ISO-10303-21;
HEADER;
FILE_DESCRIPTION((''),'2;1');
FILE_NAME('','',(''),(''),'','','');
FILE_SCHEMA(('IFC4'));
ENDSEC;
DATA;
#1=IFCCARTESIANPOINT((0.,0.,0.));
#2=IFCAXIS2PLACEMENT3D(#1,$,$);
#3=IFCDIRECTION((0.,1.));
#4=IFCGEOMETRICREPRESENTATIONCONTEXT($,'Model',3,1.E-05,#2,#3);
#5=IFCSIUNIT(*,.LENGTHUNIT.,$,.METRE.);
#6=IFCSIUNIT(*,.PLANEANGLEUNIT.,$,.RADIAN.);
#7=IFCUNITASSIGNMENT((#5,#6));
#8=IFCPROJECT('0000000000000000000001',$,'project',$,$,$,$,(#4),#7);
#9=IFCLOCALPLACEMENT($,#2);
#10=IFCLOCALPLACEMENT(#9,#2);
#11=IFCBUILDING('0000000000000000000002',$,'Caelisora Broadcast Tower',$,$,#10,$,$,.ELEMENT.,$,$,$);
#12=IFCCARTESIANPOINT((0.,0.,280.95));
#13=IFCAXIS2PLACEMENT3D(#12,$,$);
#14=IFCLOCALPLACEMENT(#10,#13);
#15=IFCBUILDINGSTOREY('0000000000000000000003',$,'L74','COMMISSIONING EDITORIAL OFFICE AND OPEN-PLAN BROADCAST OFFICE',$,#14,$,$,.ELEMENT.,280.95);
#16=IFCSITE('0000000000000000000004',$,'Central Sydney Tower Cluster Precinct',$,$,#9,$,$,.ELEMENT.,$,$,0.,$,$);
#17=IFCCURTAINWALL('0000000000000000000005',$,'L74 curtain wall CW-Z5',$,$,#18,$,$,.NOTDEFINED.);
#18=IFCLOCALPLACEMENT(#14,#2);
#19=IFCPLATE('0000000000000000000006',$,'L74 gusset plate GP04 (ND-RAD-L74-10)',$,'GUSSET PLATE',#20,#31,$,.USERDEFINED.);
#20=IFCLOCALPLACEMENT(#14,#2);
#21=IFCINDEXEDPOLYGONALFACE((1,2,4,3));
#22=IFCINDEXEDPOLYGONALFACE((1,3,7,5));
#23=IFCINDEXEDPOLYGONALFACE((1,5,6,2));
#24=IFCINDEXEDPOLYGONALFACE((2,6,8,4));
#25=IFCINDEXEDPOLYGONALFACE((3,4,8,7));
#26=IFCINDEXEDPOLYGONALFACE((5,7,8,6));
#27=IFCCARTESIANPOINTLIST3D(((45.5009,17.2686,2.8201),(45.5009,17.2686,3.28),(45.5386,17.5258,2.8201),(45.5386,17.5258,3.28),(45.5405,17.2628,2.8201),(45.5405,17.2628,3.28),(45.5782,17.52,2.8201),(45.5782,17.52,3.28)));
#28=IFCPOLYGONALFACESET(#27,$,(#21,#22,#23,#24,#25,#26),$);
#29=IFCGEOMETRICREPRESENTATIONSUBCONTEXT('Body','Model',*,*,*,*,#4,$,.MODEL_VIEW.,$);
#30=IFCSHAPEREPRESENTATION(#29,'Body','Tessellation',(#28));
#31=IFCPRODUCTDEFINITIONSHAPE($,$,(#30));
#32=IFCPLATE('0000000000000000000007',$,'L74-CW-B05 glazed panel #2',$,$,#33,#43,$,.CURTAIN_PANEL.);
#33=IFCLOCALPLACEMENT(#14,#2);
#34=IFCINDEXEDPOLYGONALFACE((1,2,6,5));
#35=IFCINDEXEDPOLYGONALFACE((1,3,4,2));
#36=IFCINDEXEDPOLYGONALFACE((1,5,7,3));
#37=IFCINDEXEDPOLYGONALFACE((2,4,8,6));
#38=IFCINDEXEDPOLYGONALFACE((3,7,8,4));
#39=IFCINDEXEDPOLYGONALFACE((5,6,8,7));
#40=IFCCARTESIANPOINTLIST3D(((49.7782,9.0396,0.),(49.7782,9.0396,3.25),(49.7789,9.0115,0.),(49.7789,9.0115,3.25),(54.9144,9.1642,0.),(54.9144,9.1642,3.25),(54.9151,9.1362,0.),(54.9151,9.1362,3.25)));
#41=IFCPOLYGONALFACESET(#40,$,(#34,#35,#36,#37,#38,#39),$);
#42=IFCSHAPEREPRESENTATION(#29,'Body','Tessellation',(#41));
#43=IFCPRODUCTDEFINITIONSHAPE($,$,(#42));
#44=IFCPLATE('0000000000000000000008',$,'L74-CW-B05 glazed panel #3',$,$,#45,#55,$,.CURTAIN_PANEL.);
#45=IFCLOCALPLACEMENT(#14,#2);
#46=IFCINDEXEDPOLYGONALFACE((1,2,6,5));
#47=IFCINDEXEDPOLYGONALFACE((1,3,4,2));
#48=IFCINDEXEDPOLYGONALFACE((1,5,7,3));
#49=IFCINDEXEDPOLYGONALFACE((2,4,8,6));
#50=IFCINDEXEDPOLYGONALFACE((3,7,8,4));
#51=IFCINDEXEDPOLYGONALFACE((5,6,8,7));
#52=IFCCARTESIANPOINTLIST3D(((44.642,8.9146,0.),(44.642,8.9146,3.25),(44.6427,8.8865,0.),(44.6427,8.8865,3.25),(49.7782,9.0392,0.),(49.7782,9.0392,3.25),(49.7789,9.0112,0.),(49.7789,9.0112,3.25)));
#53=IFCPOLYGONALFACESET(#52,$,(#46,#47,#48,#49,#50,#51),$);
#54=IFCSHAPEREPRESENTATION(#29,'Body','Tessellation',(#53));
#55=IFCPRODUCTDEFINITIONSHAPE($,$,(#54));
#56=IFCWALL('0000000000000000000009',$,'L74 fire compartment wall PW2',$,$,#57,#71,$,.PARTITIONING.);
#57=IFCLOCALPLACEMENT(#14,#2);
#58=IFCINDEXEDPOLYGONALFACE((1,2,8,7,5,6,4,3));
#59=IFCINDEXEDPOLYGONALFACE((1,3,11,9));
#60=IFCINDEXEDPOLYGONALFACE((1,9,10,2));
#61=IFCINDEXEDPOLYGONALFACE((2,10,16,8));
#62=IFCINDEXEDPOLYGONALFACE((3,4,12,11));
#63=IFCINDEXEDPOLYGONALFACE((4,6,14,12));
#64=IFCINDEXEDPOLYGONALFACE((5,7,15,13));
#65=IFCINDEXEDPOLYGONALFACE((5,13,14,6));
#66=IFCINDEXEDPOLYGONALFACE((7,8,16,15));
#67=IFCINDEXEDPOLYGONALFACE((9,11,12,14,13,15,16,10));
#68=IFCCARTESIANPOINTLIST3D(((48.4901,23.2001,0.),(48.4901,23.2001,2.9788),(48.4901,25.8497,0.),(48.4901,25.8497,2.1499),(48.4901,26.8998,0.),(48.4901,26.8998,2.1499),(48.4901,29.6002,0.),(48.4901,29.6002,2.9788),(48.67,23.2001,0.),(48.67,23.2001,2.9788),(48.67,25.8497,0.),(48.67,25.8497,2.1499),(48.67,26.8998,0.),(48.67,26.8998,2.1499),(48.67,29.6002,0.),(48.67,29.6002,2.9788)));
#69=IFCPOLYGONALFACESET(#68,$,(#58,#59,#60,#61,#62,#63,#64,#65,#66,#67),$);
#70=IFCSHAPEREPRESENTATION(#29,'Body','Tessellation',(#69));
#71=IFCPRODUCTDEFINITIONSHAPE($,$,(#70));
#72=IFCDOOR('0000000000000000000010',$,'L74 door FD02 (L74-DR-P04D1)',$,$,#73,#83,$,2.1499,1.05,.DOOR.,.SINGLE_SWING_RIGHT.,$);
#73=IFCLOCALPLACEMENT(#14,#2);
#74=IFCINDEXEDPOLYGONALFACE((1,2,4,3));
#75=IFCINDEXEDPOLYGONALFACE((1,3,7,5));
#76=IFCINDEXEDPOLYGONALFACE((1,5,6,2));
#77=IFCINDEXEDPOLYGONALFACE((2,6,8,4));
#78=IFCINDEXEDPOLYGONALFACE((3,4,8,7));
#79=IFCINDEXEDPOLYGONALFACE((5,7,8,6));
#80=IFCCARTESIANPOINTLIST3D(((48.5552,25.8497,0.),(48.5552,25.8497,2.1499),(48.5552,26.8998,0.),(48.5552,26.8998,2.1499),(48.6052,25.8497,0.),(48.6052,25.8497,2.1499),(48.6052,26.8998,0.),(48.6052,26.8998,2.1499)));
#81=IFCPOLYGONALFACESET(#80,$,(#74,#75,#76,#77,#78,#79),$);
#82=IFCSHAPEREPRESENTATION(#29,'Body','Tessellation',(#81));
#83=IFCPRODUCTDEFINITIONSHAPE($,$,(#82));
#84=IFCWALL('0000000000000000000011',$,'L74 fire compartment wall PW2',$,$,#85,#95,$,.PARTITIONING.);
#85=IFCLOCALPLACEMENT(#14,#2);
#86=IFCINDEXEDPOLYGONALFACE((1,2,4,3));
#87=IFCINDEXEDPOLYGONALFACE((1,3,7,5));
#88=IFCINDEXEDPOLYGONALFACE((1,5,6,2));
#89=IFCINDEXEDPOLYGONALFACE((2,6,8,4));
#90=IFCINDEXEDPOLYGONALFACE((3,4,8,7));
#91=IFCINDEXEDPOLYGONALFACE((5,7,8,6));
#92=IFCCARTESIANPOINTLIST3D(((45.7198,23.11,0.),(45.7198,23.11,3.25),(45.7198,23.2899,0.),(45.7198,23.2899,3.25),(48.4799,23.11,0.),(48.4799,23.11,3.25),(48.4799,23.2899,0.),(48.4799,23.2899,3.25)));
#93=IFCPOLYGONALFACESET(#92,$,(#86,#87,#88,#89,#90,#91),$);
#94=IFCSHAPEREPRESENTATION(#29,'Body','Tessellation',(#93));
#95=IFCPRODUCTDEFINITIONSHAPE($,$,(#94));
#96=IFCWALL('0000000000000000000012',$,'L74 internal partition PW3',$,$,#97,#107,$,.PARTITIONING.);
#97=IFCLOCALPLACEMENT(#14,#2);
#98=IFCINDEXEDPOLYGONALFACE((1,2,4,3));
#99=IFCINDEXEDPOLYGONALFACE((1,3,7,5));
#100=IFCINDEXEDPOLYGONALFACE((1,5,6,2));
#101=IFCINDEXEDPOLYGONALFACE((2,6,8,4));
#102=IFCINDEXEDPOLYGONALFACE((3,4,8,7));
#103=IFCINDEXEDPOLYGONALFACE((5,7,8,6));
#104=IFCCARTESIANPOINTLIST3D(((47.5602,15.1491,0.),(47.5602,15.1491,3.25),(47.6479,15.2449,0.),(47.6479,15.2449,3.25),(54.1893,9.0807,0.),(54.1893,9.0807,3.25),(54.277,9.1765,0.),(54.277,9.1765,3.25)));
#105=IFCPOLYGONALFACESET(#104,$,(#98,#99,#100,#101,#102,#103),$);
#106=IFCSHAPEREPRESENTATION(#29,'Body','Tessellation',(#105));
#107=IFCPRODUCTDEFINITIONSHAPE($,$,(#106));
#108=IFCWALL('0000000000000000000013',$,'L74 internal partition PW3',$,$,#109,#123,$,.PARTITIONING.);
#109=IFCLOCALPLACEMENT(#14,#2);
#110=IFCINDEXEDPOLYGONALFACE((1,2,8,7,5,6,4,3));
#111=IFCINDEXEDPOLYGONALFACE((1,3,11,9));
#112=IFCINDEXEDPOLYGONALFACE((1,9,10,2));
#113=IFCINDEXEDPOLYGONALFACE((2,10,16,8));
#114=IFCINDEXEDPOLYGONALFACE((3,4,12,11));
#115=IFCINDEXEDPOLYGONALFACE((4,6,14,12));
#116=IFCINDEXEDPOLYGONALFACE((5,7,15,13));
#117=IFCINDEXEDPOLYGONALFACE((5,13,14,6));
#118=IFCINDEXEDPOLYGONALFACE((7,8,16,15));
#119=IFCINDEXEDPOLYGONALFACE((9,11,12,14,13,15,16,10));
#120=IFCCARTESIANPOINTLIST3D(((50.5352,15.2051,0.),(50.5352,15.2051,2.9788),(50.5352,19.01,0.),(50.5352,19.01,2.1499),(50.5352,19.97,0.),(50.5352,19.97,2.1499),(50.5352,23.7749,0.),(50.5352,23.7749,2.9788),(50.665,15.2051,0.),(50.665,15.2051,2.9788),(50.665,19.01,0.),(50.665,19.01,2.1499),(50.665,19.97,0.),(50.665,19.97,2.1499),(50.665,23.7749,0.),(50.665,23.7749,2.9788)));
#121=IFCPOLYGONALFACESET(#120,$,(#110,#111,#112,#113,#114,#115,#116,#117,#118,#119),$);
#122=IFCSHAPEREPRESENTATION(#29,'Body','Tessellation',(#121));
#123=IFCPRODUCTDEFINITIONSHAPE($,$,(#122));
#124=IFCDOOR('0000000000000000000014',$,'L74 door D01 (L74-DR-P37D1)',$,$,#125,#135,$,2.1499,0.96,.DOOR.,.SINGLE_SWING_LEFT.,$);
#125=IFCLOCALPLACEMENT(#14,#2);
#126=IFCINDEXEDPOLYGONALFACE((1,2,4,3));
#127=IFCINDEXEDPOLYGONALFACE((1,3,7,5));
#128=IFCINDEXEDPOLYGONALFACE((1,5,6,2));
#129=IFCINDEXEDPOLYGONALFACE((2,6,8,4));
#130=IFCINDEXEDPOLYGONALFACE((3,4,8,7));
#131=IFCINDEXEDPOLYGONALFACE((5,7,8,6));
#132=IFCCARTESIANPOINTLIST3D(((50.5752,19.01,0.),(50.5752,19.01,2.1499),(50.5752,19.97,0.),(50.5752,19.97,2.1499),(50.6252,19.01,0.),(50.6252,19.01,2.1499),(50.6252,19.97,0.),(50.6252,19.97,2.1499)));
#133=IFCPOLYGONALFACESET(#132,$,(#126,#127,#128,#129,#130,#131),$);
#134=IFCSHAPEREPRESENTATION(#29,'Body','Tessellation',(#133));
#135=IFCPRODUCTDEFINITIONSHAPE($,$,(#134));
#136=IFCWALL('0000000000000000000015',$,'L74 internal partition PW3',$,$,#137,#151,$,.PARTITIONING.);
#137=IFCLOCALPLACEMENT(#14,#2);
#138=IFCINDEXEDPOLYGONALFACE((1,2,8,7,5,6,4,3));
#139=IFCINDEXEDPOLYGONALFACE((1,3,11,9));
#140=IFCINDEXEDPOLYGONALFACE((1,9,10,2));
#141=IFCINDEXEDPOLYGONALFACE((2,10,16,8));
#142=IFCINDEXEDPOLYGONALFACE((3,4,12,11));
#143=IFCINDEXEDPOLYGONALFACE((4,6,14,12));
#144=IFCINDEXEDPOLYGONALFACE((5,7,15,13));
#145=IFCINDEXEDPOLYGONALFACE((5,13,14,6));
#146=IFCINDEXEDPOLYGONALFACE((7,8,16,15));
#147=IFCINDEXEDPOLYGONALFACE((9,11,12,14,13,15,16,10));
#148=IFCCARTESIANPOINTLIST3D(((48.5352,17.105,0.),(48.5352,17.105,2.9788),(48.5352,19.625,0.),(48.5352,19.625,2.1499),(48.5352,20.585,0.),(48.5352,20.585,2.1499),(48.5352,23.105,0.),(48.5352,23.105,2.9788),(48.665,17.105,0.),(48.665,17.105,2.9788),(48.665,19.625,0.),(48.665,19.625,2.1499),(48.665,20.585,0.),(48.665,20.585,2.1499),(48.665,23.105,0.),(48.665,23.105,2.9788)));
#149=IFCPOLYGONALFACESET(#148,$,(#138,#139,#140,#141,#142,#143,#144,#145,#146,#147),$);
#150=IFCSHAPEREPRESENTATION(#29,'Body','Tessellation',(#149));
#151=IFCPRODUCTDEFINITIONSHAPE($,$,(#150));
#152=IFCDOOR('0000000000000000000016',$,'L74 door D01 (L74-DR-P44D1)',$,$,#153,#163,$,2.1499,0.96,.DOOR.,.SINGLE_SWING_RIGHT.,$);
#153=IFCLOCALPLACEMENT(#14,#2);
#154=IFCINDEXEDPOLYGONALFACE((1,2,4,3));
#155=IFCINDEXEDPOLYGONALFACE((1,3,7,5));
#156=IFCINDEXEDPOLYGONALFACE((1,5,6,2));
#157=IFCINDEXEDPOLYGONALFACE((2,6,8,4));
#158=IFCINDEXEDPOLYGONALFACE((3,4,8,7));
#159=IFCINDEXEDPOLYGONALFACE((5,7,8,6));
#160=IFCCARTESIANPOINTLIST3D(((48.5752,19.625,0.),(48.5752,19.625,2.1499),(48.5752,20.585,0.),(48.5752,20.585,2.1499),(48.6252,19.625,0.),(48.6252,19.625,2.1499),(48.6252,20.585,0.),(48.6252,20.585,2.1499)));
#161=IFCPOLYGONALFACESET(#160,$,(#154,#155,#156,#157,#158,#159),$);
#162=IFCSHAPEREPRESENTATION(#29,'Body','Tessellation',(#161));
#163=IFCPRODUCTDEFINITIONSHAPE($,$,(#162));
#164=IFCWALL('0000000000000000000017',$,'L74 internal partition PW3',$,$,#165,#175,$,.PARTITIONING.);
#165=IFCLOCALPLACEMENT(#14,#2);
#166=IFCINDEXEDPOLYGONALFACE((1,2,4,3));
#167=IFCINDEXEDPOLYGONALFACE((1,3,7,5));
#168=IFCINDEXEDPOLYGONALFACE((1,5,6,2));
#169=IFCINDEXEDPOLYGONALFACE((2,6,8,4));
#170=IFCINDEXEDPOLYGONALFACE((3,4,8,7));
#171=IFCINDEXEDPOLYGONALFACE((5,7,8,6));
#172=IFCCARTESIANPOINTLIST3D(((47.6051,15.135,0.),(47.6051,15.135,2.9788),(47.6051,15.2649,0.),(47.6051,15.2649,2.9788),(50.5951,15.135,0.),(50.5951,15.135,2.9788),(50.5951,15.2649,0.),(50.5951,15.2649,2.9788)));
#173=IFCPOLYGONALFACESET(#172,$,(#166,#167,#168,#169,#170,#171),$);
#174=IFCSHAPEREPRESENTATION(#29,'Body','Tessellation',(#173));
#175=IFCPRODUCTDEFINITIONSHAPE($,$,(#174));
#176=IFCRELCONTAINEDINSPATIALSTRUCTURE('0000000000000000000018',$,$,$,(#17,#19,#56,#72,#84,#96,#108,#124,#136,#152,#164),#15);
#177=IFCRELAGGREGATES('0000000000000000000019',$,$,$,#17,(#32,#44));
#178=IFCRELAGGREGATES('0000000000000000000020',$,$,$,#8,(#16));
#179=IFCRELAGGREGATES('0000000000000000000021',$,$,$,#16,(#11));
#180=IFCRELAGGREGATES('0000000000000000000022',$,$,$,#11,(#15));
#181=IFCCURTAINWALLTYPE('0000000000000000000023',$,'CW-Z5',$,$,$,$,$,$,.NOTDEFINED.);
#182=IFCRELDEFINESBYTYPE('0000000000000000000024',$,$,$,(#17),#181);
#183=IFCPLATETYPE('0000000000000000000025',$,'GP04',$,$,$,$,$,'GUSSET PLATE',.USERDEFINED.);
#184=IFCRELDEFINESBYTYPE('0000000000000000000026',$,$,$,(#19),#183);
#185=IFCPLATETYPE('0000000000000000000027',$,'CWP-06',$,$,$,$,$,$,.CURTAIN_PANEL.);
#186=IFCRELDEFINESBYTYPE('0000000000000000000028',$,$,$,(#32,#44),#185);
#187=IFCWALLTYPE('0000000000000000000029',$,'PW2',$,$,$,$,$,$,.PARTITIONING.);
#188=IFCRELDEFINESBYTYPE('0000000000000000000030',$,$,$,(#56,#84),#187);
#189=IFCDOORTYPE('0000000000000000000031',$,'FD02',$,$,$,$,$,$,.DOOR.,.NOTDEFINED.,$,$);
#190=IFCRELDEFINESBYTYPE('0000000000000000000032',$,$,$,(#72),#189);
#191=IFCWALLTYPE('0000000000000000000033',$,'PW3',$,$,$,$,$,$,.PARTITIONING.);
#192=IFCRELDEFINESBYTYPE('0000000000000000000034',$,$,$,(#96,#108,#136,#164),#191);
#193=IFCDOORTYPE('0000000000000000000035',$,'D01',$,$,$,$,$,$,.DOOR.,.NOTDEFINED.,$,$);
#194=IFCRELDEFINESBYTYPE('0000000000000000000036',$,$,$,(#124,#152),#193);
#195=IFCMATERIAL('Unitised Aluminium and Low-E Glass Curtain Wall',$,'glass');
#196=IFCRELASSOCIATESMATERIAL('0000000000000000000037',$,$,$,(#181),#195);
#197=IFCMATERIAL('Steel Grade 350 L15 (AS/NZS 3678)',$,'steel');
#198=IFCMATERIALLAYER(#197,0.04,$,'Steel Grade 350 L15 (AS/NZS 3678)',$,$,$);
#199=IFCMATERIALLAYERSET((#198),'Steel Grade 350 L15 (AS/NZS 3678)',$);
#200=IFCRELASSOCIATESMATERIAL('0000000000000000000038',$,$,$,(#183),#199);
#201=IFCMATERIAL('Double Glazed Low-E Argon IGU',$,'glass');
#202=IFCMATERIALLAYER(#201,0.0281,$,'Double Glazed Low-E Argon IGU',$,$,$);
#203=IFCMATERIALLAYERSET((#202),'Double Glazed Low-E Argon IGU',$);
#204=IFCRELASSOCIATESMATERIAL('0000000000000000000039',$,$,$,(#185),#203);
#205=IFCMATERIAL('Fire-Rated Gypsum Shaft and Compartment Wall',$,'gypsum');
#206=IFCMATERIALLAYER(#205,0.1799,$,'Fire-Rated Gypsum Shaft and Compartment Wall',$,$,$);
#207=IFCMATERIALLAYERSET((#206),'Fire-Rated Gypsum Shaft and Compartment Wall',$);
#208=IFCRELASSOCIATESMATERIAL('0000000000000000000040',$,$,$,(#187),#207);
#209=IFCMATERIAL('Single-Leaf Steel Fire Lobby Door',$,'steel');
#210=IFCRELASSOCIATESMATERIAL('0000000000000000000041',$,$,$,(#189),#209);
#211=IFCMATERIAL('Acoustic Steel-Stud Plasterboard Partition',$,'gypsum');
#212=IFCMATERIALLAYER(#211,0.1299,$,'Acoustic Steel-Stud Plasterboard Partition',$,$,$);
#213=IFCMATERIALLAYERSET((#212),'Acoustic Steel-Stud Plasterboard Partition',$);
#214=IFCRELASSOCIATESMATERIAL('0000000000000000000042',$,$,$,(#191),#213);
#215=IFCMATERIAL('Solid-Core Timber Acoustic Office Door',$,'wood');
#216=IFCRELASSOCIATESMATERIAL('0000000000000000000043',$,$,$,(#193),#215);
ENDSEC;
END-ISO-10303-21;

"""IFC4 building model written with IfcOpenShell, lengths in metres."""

from ifc_helpers import new_model, si_unit, direction, frame, frame_2d, origin, origin_2d, place, context, subcontext, project, spatial, rectangle, extrude, source, transform, mapped, material, layer, layer_set, type_object, type_shapes, element, fill, aggregate, save


model = new_model("IFC4")

# Units and contexts
model_context = context("Model", 3, precision=1e-05, world=origin(), true_north=direction((0.0, 1.0)))
body_context = subcontext(model_context, "Body", "Model", "MODEL_VIEW")
ifc_project = project(units=[si_unit("LENGTHUNIT", "METRE"), si_unit("PLANEANGLEUNIT", "RADIAN")], contexts=[model_context])

# Site, building, storey
site_placement = place(None, origin())
site = spatial("IfcSite", under=ifc_project, at=site_placement, Name="Central Sydney Tower Cluster Precinct", CompositionType="ELEMENT", RefElevation=0.0)
building_placement = place(site_placement, origin())
building = spatial("IfcBuilding", under=site, at=building_placement, Name="Caelisora Broadcast Tower", CompositionType="ELEMENT")
storey_placement = place(building_placement, frame((0.0, 0.0, 280.95)))
storey = spatial("IfcBuildingStorey", under=building, at=storey_placement, Name="L74", Description="COMMISSIONING EDITORIAL OFFICE AND OPEN-PLAN BROADCAST OFFICE", CompositionType="ELEMENT", Elevation=280.95)

# Curtain wall
ifc_material_1 = material(Name="Unitised Aluminium and Low-E Glass Curtain Wall", Category="glass")
curtain_wall_type = type_object("IfcCurtainWallType", Name="CW-Z5", PredefinedType="NOTDEFINED", material=ifc_material_1)
curtain_wall_placement = place(storey_placement, origin())
curtain_wall = element("IfcCurtainWall", 1, at=curtain_wall_placement, inside=storey, type_object=curtain_wall_type, Name="L74 curtain wall CW-Z5", PredefinedType="NOTDEFINED")

# Plates
ifc_material_2 = material(Name="Steel Grade 350 L15 (AS/NZS 3678)", Category="steel")
ifc_layer_1 = layer(ifc_material_2, 0.04, Name="Steel Grade 350 L15 (AS/NZS 3678)")
ifc_layer_set_1 = layer_set([ifc_layer_1], Name="Steel Grade 350 L15 (AS/NZS 3678)")
plate_type_1 = type_object("IfcPlateType", Name="GP04", ElementType="GUSSET PLATE", PredefinedType="USERDEFINED", material=ifc_layer_set_1)
shared_shape_1 = source(origin(), body_context, "Body", "SweptSolid", [
    extrude(rectangle(XDim=0.26, YDim=0.04, at=origin_2d()), origin(), (0.0, 0.0, 1.0), 0.46),
])
type_shapes(plate_type_1, [shared_shape_1])
plate_1_placement = place(storey_placement, frame((45.5396, 17.3943, 2.8201), z_axis=(0.0, 0.0, 1.0), x_axis=(0.144874, 0.98945, 0.0)))
element("IfcPlate", 2, at=plate_1_placement, inside=storey, type_object=plate_type_1, Name="L74 gusset plate GP04 (ND-RAD-L74-10)", ObjectType="GUSSET PLATE", PredefinedType="USERDEFINED", context=body_context, shape_type="MappedRepresentation", body=[
    mapped(shared_shape_1, transform((0.0, 0.0, 0.0), scale=1.0)),
])
ifc_material_3 = material(Name="Double Glazed Low-E Argon IGU", Category="glass")
ifc_layer_2 = layer(ifc_material_3, 0.0281, Name="Double Glazed Low-E Argon IGU")
ifc_layer_set_2 = layer_set([ifc_layer_2], Name="Double Glazed Low-E Argon IGU")
plate_type_2 = type_object("IfcPlateType", Name="CWP-06", PredefinedType="CURTAIN_PANEL", material=ifc_layer_set_2)
shared_shape_2 = source(origin(), body_context, "Body", "SweptSolid", [
    extrude(rectangle(XDim=5.1377, YDim=0.0281, at=origin_2d()), origin(), (0.0, 0.0, 1.0), 3.25),
])
type_shapes(plate_type_2, [shared_shape_2])
plate_2_placement = place(storey_placement, frame((52.3467, 9.0879, 0.0), z_axis=(0.0, 0.0, 1.0), x_axis=(-0.999706, -0.024258, 0.0)))
plate_2 = element("IfcPlate", 3, at=plate_2_placement, type_object=plate_type_2, Name="L74-CW-B05 glazed panel #2", PredefinedType="CURTAIN_PANEL", context=body_context, shape_type="MappedRepresentation", body=[
    mapped(shared_shape_2, transform((0.0, 0.0, 0.0), scale=1.0)),
])
plate_3_placement = place(storey_placement, frame((47.2104, 8.9629, 0.0), z_axis=(0.0, 0.0, 1.0), x_axis=(-0.999706, -0.024258, 0.0)))
plate_3 = element("IfcPlate", 4, at=plate_3_placement, type_object=plate_type_2, Name="L74-CW-B05 glazed panel #3", PredefinedType="CURTAIN_PANEL", context=body_context, shape_type="MappedRepresentation", body=[
    mapped(shared_shape_2, transform((0.0, 0.0, 0.0), scale=1.0)),
])
aggregate(curtain_wall, [plate_2, plate_3])

# Wall, opening, door
ifc_material_4 = material(Name="Fire-Rated Gypsum Shaft and Compartment Wall", Category="gypsum")
ifc_layer_3 = layer(ifc_material_4, 0.1799, Name="Fire-Rated Gypsum Shaft and Compartment Wall")
ifc_layer_set_3 = layer_set([ifc_layer_3], Name="Fire-Rated Gypsum Shaft and Compartment Wall")
wall_type_1 = type_object("IfcWallType", Name="PW2", PredefinedType="PARTITIONING", material=ifc_layer_set_3)
wall_1_placement = place(storey_placement, frame((48.5801, 23.2, 0.0), z_axis=(0.0, 0.0, 1.0), x_axis=(0.0, 1.0, 0.0)))
wall_1 = element("IfcWall", 5, at=wall_1_placement, inside=storey, type_object=wall_type_1, Name="L74 fire compartment wall PW2", PredefinedType="PARTITIONING", context=body_context, shape_type="SweptSolid", body=[
    extrude(rectangle(XDim=6.4001, YDim=0.1799, at=frame_2d((3.2002, 0.0))), origin(), (0.0, 0.0, 1.0), 2.9788),
])
opening_1_placement = place(wall_1_placement, frame((2.6499, 0.0, 0.0)))
opening_1 = element("IfcOpeningElement", 6, at=opening_1_placement, cuts=wall_1, PredefinedType="OPENING", context=body_context, shape_type="SweptSolid", body=[
    extrude(rectangle(XDim=1.05, YDim=2.1499, at=frame_2d((0.5249, 1.075))), frame((0.0, 0.1021, 0.0), z_axis=(0.0, -1.0, 0.0), x_axis=(1.0, 0.0, 0.0)), (0.0, 0.0, 1.0), 0.2039),
])
ifc_material_5 = material(Name="Single-Leaf Steel Fire Lobby Door", Category="steel")
door_type_1 = type_object("IfcDoorType", Name="FD02", OperationType="NOTDEFINED", PredefinedType="DOOR", material=ifc_material_5)
door_1_placement = place(opening_1_placement, origin())
door_1 = element("IfcDoor", 7, at=door_1_placement, inside=storey, type_object=door_type_1, Name="L74 door FD02 (L74-DR-P04D1)", OperationType="SINGLE_SWING_RIGHT", OverallHeight=2.1499, OverallWidth=1.05, PredefinedType="DOOR", context=body_context, shape_type="SweptSolid", body=[
    extrude(rectangle(XDim=1.05, YDim=2.1499, at=frame_2d((0.5249, 1.075))), frame((0.0, 0.0249, 0.0), z_axis=(0.0, -1.0, 0.0), x_axis=(1.0, 0.0, 0.0)), (0.0, 0.0, 1.0), 0.05),
])
fill(opening_1, door_1)

# Walls
wall_2_placement = place(storey_placement, frame((45.72, 23.2, 0.0), z_axis=(0.0, 0.0, 1.0), x_axis=(1.0, 0.0, 0.0)))
element("IfcWall", 8, at=wall_2_placement, inside=storey, type_object=wall_type_1, Name="L74 fire compartment wall PW2", PredefinedType="PARTITIONING", context=body_context, shape_type="SweptSolid", body=[
    extrude(rectangle(XDim=2.76, YDim=0.1799, at=frame_2d((1.3799, 0.0))), origin(), (0.0, 0.0, 1.0), 3.25),
])
ifc_material_6 = material(Name="Acoustic Steel-Stud Plasterboard Partition", Category="gypsum")
ifc_layer_4 = layer(ifc_material_6, 0.1299, Name="Acoustic Steel-Stud Plasterboard Partition")
ifc_layer_set_4 = layer_set([ifc_layer_4], Name="Acoustic Steel-Stud Plasterboard Partition")
wall_type_2 = type_object("IfcWallType", Name="PW3", PredefinedType="PARTITIONING", material=ifc_layer_set_4)
wall_3_placement = place(storey_placement, frame((47.604, 15.197, 0.0), z_axis=(0.0, 0.0, 1.0), x_axis=(0.737617, -0.675219, 0.0)))
element("IfcWall", 9, at=wall_3_placement, inside=storey, type_object=wall_type_2, Name="L74 internal partition PW3", PredefinedType="PARTITIONING", context=body_context, shape_type="SweptSolid", body=[
    extrude(rectangle(XDim=8.9873, YDim=0.1299, at=frame_2d((4.4937, 0.0))), origin(), (0.0, 0.0, 1.0), 3.25),
])

# Walls, openings, doors
wall_4_placement = place(storey_placement, frame((50.6001, 15.2051, 0.0), z_axis=(0.0, 0.0, 1.0), x_axis=(0.0, 1.0, 0.0)))
wall_4 = element("IfcWall", 10, at=wall_4_placement, inside=storey, type_object=wall_type_2, Name="L74 internal partition PW3", PredefinedType="PARTITIONING", context=body_context, shape_type="SweptSolid", body=[
    extrude(rectangle(XDim=8.5698, YDim=0.1299, at=frame_2d((4.2849, 0.0))), origin(), (0.0, 0.0, 1.0), 2.9788),
])
opening_2_placement = place(wall_4_placement, frame((3.8049, 0.0, 0.0)))
opening_2 = element("IfcOpeningElement", 11, at=opening_2_placement, cuts=wall_4, PredefinedType="OPENING", context=body_context, shape_type="SweptSolid", body=[
    extrude(rectangle(XDim=0.96, YDim=2.1499, at=frame_2d((0.48, 1.075))), frame((0.0, 0.0769, 0.0), z_axis=(0.0, -1.0, 0.0), x_axis=(1.0, 0.0, 0.0)), (0.0, 0.0, 1.0), 0.1538),
])
ifc_material_7 = material(Name="Solid-Core Timber Acoustic Office Door", Category="wood")
door_type_2 = type_object("IfcDoorType", Name="D01", OperationType="NOTDEFINED", PredefinedType="DOOR", material=ifc_material_7)
door_2_placement = place(opening_2_placement, origin())
door_2 = element("IfcDoor", 12, at=door_2_placement, inside=storey, type_object=door_type_2, Name="L74 door D01 (L74-DR-P37D1)", OperationType="SINGLE_SWING_LEFT", OverallHeight=2.1499, OverallWidth=0.96, PredefinedType="DOOR", context=body_context, shape_type="SweptSolid", body=[
    extrude(rectangle(XDim=0.96, YDim=2.1499, at=frame_2d((0.48, 1.075))), frame((0.0, 0.0249, 0.0), z_axis=(0.0, -1.0, 0.0), x_axis=(1.0, 0.0, 0.0)), (0.0, 0.0, 1.0), 0.05),
])
fill(opening_2, door_2)
wall_5_placement = place(storey_placement, frame((48.6001, 17.105, 0.0), z_axis=(0.0, 0.0, 1.0), x_axis=(0.0, 1.0, 0.0)))
wall_5 = element("IfcWall", 13, at=wall_5_placement, inside=storey, type_object=wall_type_2, Name="L74 internal partition PW3", PredefinedType="PARTITIONING", context=body_context, shape_type="SweptSolid", body=[
    extrude(rectangle(XDim=6.0, YDim=0.1299, at=frame_2d((3.0, 0.0))), origin(), (0.0, 0.0, 1.0), 2.9788),
])
opening_3_placement = place(wall_5_placement, frame((2.52, 0.0, 0.0)))
opening_3 = element("IfcOpeningElement", 14, at=opening_3_placement, cuts=wall_5, PredefinedType="OPENING", context=body_context, shape_type="SweptSolid", body=[
    extrude(rectangle(XDim=0.96, YDim=2.1499, at=frame_2d((0.48, 1.075))), frame((0.0, 0.0769, 0.0), z_axis=(0.0, -1.0, 0.0), x_axis=(1.0, 0.0, 0.0)), (0.0, 0.0, 1.0), 0.1538),
])
door_3_placement = place(opening_3_placement, origin())
door_3 = element("IfcDoor", 15, at=door_3_placement, inside=storey, type_object=door_type_2, Name="L74 door D01 (L74-DR-P44D1)", OperationType="SINGLE_SWING_RIGHT", OverallHeight=2.1499, OverallWidth=0.96, PredefinedType="DOOR", context=body_context, shape_type="SweptSolid", body=[
    extrude(rectangle(XDim=0.96, YDim=2.1499, at=frame_2d((0.48, 1.075))), frame((0.0, 0.0249, 0.0), z_axis=(0.0, -1.0, 0.0), x_axis=(1.0, 0.0, 0.0)), (0.0, 0.0, 1.0), 0.05),
])
fill(opening_3, door_3)

# Wall
wall_6_placement = place(storey_placement, frame((47.605, 15.2, 0.0), z_axis=(0.0, 0.0, 1.0), x_axis=(1.0, 0.0, 0.0)))
element("IfcWall", 16, at=wall_6_placement, inside=storey, type_object=wall_type_2, Name="L74 internal partition PW3", PredefinedType="PARTITIONING", context=body_context, shape_type="SweptSolid", body=[
    extrude(rectangle(XDim=2.99, YDim=0.1299, at=frame_2d((1.4951, 0.0))), origin(), (0.0, 0.0, 1.0), 2.9788),
])

save(model, "model.ifc")
